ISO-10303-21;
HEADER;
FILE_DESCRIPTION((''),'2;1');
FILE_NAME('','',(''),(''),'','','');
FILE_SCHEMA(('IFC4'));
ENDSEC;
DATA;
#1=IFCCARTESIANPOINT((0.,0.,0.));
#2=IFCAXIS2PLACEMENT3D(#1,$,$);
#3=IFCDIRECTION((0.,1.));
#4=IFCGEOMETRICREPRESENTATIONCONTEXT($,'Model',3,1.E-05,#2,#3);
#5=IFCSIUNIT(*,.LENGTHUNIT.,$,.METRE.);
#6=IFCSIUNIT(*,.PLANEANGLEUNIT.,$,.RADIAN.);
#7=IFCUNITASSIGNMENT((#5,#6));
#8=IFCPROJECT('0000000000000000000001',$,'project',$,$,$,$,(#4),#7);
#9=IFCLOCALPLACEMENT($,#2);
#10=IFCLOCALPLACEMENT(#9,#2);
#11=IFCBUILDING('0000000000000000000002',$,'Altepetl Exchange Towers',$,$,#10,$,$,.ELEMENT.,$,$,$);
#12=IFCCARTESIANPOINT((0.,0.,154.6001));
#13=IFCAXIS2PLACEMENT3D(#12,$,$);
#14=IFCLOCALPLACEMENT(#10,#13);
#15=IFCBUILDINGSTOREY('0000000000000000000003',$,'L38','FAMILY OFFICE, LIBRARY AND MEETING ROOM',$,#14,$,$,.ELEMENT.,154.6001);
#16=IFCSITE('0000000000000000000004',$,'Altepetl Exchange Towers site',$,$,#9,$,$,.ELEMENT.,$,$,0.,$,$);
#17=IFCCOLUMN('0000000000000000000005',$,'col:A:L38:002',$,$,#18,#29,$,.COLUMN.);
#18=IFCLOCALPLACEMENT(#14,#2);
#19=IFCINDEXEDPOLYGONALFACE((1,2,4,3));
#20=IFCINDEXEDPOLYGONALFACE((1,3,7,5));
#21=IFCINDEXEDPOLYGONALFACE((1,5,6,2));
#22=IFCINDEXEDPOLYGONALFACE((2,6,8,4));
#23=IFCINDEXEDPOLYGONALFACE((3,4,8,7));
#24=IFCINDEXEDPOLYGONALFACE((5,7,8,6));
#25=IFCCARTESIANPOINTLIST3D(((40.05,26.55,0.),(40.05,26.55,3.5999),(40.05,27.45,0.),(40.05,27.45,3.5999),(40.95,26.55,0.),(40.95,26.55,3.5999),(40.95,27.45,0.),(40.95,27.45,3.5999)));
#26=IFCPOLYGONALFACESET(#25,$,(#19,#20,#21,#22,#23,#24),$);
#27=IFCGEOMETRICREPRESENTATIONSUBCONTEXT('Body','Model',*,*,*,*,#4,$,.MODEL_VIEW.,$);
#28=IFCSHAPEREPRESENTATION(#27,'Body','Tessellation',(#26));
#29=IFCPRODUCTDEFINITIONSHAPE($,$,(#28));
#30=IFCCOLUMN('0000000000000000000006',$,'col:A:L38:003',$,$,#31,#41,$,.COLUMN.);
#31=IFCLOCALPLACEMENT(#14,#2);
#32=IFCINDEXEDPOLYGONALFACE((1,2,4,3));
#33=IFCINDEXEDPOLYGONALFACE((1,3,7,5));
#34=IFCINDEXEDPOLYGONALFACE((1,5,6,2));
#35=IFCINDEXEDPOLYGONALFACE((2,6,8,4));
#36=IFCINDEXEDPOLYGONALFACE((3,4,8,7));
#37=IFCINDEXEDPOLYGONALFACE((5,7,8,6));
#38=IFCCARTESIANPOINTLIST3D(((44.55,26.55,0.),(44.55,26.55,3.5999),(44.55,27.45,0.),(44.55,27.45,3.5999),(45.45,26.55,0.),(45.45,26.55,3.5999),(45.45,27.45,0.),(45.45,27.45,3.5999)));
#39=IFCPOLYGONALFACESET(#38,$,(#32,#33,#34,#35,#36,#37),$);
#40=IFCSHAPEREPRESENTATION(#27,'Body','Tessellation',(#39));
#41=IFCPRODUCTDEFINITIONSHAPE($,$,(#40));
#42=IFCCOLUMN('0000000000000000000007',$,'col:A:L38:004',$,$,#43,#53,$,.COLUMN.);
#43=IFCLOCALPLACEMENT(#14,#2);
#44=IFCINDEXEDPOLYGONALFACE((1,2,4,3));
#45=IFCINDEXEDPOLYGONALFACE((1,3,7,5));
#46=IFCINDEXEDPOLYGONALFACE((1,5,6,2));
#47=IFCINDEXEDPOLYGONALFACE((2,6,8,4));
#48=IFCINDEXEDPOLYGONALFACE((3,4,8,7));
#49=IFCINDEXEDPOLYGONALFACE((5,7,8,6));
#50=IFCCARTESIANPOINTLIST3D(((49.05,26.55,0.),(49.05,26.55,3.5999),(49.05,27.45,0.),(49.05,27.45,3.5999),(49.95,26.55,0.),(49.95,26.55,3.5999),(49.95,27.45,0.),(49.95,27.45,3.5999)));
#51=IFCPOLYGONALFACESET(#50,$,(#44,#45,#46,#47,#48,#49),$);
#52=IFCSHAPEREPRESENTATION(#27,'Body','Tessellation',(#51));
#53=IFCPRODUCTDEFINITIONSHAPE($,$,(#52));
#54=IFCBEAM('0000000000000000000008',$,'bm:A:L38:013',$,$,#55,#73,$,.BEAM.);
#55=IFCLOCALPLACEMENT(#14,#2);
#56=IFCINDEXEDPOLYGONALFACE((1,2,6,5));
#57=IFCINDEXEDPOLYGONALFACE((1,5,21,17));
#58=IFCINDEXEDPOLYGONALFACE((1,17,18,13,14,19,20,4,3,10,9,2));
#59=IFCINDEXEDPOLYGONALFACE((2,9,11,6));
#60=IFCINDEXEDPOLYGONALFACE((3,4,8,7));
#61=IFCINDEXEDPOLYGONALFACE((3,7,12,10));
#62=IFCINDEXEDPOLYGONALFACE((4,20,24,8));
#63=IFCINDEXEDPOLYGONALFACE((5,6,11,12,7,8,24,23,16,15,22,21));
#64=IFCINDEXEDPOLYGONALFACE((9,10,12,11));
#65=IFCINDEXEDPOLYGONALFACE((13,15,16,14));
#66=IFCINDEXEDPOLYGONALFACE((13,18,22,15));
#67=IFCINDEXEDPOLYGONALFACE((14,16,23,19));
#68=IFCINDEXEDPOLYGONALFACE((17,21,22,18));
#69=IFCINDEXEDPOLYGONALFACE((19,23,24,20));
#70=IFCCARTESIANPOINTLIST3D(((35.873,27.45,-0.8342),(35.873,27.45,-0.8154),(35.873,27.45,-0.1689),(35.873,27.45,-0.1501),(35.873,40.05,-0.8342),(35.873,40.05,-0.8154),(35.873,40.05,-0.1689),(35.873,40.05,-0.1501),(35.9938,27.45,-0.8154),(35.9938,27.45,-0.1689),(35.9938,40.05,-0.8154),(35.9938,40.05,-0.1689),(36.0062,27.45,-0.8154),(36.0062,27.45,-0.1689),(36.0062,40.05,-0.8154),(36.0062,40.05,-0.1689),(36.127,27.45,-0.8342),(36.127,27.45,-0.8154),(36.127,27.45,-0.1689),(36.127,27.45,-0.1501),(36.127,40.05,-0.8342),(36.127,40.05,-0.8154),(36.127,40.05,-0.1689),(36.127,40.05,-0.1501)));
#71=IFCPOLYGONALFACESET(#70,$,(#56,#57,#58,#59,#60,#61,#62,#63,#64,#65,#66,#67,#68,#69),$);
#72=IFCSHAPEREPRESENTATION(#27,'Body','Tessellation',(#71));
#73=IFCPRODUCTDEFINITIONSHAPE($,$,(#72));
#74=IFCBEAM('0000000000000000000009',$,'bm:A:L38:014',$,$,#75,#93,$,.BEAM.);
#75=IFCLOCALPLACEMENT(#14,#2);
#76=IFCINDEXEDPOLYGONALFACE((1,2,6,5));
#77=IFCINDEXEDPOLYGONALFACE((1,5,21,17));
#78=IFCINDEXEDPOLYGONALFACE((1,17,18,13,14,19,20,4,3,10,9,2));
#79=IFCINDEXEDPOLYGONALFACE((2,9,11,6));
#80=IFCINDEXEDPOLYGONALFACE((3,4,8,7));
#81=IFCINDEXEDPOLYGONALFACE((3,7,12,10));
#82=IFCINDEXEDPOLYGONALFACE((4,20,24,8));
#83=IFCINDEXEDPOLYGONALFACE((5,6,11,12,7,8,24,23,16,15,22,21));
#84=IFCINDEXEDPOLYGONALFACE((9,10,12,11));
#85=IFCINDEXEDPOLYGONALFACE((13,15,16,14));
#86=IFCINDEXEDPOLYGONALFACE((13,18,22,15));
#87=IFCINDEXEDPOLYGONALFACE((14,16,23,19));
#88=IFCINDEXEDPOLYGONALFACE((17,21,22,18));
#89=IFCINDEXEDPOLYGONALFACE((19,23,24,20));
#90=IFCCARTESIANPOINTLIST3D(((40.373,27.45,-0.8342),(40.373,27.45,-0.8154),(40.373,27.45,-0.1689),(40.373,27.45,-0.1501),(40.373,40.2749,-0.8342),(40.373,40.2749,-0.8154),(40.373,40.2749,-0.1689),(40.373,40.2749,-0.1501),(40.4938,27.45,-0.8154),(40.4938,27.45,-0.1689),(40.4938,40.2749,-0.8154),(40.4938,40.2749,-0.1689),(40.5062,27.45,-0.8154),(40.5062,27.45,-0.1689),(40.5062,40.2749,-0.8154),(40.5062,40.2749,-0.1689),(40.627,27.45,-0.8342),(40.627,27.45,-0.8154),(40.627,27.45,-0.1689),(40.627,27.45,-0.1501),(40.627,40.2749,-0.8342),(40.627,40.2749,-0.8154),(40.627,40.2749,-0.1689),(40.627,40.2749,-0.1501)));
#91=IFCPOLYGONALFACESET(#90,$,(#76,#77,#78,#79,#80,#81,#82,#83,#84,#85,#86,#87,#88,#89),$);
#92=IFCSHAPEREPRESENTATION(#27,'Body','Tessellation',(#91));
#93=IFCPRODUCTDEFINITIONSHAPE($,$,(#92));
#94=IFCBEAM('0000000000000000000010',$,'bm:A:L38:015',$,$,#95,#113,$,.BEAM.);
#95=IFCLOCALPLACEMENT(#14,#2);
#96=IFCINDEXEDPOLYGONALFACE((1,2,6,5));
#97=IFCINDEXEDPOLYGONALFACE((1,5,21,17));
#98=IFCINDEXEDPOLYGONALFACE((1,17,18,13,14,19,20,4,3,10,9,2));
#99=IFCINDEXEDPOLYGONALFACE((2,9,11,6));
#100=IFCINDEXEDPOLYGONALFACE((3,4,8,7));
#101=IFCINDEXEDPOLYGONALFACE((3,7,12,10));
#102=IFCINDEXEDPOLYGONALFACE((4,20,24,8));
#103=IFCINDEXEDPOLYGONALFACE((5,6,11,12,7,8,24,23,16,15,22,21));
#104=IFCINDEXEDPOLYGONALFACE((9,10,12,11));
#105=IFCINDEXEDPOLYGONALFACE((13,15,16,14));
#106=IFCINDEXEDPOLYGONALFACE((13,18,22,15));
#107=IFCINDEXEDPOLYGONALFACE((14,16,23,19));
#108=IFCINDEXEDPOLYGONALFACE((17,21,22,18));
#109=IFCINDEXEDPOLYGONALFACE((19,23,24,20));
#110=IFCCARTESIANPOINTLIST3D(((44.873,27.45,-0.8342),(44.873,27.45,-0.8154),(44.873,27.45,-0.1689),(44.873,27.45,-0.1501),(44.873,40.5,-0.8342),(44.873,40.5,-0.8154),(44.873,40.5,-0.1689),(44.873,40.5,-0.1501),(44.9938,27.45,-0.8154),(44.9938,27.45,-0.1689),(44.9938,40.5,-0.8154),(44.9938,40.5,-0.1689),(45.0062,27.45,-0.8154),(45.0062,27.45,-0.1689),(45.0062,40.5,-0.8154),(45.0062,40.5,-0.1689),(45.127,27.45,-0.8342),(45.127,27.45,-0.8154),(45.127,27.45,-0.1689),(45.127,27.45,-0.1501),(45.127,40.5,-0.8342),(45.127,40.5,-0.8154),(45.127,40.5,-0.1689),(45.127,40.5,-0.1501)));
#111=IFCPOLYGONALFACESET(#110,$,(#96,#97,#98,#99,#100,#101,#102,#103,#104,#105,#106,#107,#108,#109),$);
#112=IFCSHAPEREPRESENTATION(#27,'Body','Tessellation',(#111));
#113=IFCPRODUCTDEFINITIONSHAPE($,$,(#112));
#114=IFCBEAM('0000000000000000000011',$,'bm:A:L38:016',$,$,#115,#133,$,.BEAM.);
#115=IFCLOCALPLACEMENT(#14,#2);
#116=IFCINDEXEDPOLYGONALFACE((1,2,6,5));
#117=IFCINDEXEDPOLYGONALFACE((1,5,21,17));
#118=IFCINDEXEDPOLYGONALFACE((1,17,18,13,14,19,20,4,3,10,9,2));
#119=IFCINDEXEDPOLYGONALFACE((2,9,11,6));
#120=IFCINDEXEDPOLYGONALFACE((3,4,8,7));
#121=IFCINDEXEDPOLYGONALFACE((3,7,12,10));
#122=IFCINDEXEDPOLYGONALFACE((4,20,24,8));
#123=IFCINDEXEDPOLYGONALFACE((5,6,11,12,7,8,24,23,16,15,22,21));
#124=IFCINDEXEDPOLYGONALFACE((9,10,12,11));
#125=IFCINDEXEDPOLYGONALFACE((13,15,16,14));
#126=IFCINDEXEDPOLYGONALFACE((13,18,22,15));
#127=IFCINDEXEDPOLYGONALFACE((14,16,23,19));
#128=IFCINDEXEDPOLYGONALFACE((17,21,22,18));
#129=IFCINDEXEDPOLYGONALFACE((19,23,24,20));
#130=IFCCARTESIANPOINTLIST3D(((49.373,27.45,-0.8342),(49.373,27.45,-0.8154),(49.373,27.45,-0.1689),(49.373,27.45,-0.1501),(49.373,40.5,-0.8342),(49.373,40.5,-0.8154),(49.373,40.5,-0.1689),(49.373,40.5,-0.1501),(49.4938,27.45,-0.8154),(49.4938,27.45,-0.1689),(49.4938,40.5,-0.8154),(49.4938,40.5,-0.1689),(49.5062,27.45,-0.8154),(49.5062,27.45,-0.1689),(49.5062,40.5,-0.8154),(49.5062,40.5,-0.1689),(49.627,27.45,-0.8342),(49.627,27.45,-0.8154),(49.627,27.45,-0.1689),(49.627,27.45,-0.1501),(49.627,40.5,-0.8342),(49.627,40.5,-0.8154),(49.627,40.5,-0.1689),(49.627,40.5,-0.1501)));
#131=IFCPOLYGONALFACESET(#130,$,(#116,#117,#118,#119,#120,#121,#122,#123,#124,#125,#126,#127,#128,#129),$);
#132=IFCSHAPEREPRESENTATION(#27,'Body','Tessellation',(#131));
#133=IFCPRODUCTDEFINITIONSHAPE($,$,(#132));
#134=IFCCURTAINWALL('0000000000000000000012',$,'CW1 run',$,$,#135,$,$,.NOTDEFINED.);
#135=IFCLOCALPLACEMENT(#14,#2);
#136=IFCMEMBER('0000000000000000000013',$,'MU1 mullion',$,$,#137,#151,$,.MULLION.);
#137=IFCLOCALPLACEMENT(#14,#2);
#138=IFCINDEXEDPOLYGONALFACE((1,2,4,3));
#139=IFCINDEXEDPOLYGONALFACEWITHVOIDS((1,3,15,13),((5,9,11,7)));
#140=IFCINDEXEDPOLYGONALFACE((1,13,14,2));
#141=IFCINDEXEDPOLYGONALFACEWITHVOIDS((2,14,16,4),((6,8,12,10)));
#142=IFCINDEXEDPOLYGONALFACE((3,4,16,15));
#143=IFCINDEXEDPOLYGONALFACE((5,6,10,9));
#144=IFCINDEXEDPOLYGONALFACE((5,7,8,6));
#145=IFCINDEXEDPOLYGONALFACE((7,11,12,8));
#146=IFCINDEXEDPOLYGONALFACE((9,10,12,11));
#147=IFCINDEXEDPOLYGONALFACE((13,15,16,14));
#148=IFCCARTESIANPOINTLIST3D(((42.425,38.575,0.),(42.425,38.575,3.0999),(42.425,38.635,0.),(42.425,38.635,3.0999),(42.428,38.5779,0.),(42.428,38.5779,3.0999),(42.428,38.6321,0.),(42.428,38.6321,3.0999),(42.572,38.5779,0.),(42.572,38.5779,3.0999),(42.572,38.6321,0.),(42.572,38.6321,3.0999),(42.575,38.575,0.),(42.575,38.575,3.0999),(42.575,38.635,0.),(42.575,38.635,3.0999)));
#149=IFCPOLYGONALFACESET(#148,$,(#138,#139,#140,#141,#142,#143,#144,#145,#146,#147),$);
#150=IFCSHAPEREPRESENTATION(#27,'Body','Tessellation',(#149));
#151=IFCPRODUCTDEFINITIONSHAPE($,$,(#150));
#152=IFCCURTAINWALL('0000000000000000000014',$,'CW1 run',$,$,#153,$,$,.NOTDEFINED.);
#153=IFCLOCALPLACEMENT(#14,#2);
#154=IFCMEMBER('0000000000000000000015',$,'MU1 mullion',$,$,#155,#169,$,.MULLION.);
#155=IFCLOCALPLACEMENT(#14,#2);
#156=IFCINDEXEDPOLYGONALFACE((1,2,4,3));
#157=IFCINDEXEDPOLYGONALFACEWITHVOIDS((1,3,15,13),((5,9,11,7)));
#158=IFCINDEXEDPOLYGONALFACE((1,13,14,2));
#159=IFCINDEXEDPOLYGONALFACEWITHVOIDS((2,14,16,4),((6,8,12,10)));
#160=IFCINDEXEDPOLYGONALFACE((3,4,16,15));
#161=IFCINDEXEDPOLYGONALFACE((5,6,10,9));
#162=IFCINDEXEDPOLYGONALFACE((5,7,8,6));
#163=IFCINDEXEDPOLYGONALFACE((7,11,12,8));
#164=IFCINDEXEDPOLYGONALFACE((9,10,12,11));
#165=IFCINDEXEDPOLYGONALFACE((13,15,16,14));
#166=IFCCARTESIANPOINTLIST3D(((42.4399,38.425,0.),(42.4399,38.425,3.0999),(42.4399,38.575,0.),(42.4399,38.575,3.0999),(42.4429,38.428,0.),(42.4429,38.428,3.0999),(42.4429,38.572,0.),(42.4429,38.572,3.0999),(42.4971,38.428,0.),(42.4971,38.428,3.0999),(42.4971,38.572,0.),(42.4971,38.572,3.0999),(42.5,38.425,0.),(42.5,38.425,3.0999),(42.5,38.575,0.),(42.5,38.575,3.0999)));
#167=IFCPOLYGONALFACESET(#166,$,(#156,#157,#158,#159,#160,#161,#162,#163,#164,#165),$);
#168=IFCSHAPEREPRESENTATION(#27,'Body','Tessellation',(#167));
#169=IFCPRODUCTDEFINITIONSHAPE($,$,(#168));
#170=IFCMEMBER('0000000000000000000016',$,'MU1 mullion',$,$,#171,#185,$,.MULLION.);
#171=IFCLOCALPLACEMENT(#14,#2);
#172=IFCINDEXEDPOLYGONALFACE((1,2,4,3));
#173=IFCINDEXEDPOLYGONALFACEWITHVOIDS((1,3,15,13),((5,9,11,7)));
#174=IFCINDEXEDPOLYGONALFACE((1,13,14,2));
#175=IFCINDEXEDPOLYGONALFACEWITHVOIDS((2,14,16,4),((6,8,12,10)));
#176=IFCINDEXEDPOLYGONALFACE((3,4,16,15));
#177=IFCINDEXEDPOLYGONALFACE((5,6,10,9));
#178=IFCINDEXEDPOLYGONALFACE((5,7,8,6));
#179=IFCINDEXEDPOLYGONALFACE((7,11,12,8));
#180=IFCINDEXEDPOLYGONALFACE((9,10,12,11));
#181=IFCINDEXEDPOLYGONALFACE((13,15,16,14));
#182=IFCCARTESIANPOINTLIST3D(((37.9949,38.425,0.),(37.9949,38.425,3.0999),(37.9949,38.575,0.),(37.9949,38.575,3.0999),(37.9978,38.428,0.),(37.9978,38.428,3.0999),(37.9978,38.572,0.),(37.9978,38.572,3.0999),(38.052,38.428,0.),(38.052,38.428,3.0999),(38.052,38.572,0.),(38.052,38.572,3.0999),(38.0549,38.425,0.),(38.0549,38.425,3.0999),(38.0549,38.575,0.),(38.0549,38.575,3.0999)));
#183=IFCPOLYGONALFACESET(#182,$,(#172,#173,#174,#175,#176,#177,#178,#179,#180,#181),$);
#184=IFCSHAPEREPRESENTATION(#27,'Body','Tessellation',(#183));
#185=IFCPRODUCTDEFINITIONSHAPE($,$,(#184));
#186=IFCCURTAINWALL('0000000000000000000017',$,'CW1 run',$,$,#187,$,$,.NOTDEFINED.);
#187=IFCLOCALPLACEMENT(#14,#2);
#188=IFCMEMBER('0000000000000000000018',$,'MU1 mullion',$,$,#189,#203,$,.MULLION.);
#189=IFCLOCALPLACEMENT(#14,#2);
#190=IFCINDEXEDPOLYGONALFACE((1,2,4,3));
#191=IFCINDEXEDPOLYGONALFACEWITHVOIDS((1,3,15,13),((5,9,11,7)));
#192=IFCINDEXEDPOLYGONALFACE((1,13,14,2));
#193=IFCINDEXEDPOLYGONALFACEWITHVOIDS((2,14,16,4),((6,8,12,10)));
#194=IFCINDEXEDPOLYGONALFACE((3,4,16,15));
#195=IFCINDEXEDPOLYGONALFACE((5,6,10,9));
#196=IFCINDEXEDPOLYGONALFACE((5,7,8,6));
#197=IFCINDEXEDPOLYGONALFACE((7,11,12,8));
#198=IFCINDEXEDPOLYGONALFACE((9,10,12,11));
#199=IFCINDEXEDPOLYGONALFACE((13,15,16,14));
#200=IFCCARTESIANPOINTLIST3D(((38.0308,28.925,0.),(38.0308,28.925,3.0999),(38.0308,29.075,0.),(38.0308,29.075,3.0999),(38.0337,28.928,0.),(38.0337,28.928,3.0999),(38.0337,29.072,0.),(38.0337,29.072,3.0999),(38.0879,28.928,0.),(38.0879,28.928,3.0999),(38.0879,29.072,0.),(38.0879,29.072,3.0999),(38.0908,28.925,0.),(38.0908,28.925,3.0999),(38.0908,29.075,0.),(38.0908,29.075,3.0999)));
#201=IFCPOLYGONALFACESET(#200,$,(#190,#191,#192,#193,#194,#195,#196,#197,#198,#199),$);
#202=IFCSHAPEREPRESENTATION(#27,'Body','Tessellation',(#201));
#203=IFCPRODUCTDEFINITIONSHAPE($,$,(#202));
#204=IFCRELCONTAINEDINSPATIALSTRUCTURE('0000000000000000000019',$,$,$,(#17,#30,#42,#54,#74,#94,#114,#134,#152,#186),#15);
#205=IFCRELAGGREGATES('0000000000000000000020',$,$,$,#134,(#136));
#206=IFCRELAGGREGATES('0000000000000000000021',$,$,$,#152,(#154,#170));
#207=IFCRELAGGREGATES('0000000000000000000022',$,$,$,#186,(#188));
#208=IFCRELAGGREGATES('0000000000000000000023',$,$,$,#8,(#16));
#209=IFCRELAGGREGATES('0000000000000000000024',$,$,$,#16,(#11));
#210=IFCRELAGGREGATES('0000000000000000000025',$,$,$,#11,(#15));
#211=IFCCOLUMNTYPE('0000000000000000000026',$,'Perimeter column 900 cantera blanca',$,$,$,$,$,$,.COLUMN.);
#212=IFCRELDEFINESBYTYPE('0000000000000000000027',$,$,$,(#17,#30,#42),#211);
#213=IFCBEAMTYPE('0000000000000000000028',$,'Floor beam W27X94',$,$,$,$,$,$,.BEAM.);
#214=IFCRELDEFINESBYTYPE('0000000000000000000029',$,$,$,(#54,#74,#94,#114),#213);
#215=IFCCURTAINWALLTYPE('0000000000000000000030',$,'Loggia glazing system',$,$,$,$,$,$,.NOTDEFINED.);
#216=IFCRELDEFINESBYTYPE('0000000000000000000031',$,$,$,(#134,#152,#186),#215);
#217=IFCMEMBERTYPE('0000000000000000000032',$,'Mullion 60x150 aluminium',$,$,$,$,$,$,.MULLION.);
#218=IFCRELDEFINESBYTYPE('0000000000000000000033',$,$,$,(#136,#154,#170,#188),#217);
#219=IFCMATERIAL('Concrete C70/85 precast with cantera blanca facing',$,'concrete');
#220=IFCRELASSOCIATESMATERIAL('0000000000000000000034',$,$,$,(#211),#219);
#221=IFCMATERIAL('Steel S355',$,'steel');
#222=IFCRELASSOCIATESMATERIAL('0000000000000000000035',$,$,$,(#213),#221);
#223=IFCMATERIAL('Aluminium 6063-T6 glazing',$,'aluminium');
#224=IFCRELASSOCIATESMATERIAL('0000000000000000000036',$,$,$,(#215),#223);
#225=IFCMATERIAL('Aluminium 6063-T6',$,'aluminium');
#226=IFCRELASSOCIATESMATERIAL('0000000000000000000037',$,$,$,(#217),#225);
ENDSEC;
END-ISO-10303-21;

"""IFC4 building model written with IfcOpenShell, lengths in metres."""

from ifc_helpers import new_model, si_unit, direction, frame, origin, origin_2d, place, context, subcontext, project, spatial, rectangle, hollow_rectangle, i_section, extrude, material, material_profile, profile_set, type_object, element, aggregate, save


model = new_model("IFC4")

# Units and contexts
model_context = context("Model", 3, precision=1e-05, world=origin(), true_north=direction((0.0, 1.0)))
body_context = subcontext(model_context, "Body", "Model", "MODEL_VIEW")
ifc_project = project(units=[si_unit("LENGTHUNIT", "METRE"), si_unit("PLANEANGLEUNIT", "RADIAN")], contexts=[model_context])

# Site, building, storey
site_placement = place(None, origin())
site = spatial("IfcSite", under=ifc_project, at=site_placement, Name="Altepetl Exchange Towers site", CompositionType="ELEMENT", RefElevation=0.0)
building_placement = place(site_placement, origin())
building = spatial("IfcBuilding", under=site, at=building_placement, Name="Altepetl Exchange Towers", CompositionType="ELEMENT")
storey_placement = place(building_placement, frame((0.0, 0.0, 154.6001)))
storey = spatial("IfcBuildingStorey", under=building, at=storey_placement, Name="L38", Description="FAMILY OFFICE, LIBRARY AND MEETING ROOM", CompositionType="ELEMENT", Elevation=154.6001)

# Columns
ifc_material_1 = material(Name="Concrete C70/85 precast with cantera blanca facing", Category="concrete")
ifc_material_profile_1 = material_profile(ifc_material_1, rectangle(XDim=0.8999, YDim=0.8999, at=origin_2d()), Name="900 x 900")
ifc_profile_set_1 = profile_set([ifc_material_profile_1], Name="Concrete C70/85 precast with cantera blanca facing")
column_type = type_object("IfcColumnType", Name="Perimeter column 900 cantera blanca", PredefinedType="COLUMN", material=ifc_profile_set_1)
for number, where, name in (
    (1, (40.5, 27.0, 0.0), "col:A:L38:002"),
    (2, (45.0, 27.0, 0.0), "col:A:L38:003"),
    (3, (49.5, 27.0, 0.0), "col:A:L38:004"),
):
    element("IfcColumn", number, at=place(storey_placement, frame(where)), inside=storey, type_object=column_type, Name=name, PredefinedType="COLUMN", context=body_context, shape_type="SweptSolid", body=[
        extrude(rectangle(XDim=0.8999, YDim=0.8999, at=origin_2d()), origin(), (0.0, 0.0, 1.0), 3.5999),
    ])

# Beams
ifc_material_2 = material(Name="Steel S355", Category="steel")
ifc_material_profile_2 = material_profile(ifc_material_2, i_section(OverallWidth=0.2539, OverallDepth=0.6841, WebThickness=0.0125, FlangeThickness=0.0188, at=origin_2d()), Name="W27X94")
ifc_profile_set_2 = profile_set([ifc_material_profile_2], Name="Steel S355")
beam_type_1 = type_object("IfcBeamType", Name="Floor beam W27X94", PredefinedType="BEAM", material=ifc_profile_set_2)
beam_1_placement = place(storey_placement, frame((36.0, 27.45, -0.4922), z_axis=(0.0, 1.0, 0.0), x_axis=(-1.0, 0.0, 0.0)))
element("IfcBeam", 4, at=beam_1_placement, inside=storey, type_object=beam_type_1, Name="bm:A:L38:013", PredefinedType="BEAM", context=body_context, shape_type="SweptSolid", body=[
    extrude(i_section(OverallWidth=0.2539, OverallDepth=0.6841, WebThickness=0.0125, FlangeThickness=0.0188, at=origin_2d()), origin(), (0.0, 0.0, 1.0), 12.6001),
])
beam_2_placement = place(storey_placement, frame((40.5, 27.45, -0.4922), z_axis=(0.0, 1.0, 0.0), x_axis=(-1.0, 0.0, 0.0)))
element("IfcBeam", 5, at=beam_2_placement, inside=storey, type_object=beam_type_1, Name="bm:A:L38:014", PredefinedType="BEAM", context=body_context, shape_type="SweptSolid", body=[
    extrude(i_section(OverallWidth=0.2539, OverallDepth=0.6841, WebThickness=0.0125, FlangeThickness=0.0188, at=origin_2d()), origin(), (0.0, 0.0, 1.0), 12.825),
])
for number, where, z_axis, x_axis, name in (
    (6, (45.0, 27.45, -0.4922), (0.0, 1.0, 0.0), (-1.0, 0.0, 0.0), "bm:A:L38:015"),
    (7, (49.5, 27.45, -0.4922), (0.0, 1.0, 0.0), (-1.0, 0.0, 0.0), "bm:A:L38:016"),
):
    element("IfcBeam", number, at=place(storey_placement, frame(where, z_axis=z_axis, x_axis=x_axis)), inside=storey, type_object=beam_type_1, Name=name, PredefinedType="BEAM", context=body_context, shape_type="SweptSolid", body=[
        extrude(i_section(OverallWidth=0.2539, OverallDepth=0.6841, WebThickness=0.0125, FlangeThickness=0.0188, at=origin_2d()), origin(), (0.0, 0.0, 1.0), 13.05),
    ])

# Curtain wall, member
ifc_material_3 = material(Name="Aluminium 6063-T6 glazing", Category="aluminium")
curtain_wall_type = type_object("IfcCurtainWallType", Name="Loggia glazing system", PredefinedType="NOTDEFINED", material=ifc_material_3)
curtain_wall_1_placement = place(storey_placement, origin())
curtain_wall_1 = element("IfcCurtainWall", 8, at=curtain_wall_1_placement, inside=storey, type_object=curtain_wall_type, Name="CW1 run", PredefinedType="NOTDEFINED")
ifc_material_4 = material(Name="Aluminium 6063-T6", Category="aluminium")
ifc_material_profile_3 = material_profile(ifc_material_4, hollow_rectangle(XDim=0.0601, YDim=0.1499, WallThickness=0.0029, at=origin_2d()), Name="Mullion 60x150 aluminium")
ifc_profile_set_3 = profile_set([ifc_material_profile_3], Name="Aluminium 6063-T6")
member_type = type_object("IfcMemberType", Name="Mullion 60x150 aluminium", PredefinedType="MULLION", material=ifc_profile_set_3)
member_1_placement = place(storey_placement, frame((42.5, 38.605, 0.0), z_axis=(0.0, 0.0, 1.0), x_axis=(0.0, -1.0, 0.0)))
member_1 = element("IfcMember", 9, at=member_1_placement, type_object=member_type, Name="MU1 mullion", PredefinedType="MULLION", context=body_context, shape_type="SweptSolid", body=[
    extrude(hollow_rectangle(XDim=0.0601, YDim=0.1499, WallThickness=0.0029, at=origin_2d()), origin(), (0.0, 0.0, 1.0), 3.0999),
])

# Curtain walls, members
curtain_wall_2_placement = place(storey_placement, origin())
curtain_wall_2 = element("IfcCurtainWall", 10, at=curtain_wall_2_placement, inside=storey, type_object=curtain_wall_type, Name="CW1 run", PredefinedType="NOTDEFINED")
member_2_placement = place(storey_placement, frame((42.47, 38.5, 0.0), z_axis=(0.0, 0.0, 1.0), x_axis=(-1.0, 0.0, 0.0)))
member_2 = element("IfcMember", 11, at=member_2_placement, type_object=member_type, Name="MU1 mullion", PredefinedType="MULLION", context=body_context, shape_type="SweptSolid", body=[
    extrude(hollow_rectangle(XDim=0.0601, YDim=0.1499, WallThickness=0.0029, at=origin_2d()), origin(), (0.0, 0.0, 1.0), 3.0999),
])
member_3_placement = place(storey_placement, frame((38.0249, 38.5, 0.0), z_axis=(0.0, 0.0, 1.0), x_axis=(-1.0, 0.0, 0.0)))
member_3 = element("IfcMember", 12, at=member_3_placement, type_object=member_type, Name="MU1 mullion", PredefinedType="MULLION", context=body_context, shape_type="SweptSolid", body=[
    extrude(hollow_rectangle(XDim=0.0601, YDim=0.1499, WallThickness=0.0029, at=origin_2d()), origin(), (0.0, 0.0, 1.0), 3.0999),
])
curtain_wall_3_placement = place(storey_placement, origin())
curtain_wall_3 = element("IfcCurtainWall", 13, at=curtain_wall_3_placement, inside=storey, type_object=curtain_wall_type, Name="CW1 run", PredefinedType="NOTDEFINED")
member_4_placement = place(storey_placement, frame((38.0608, 29.0, 0.0)))
member_4 = element("IfcMember", 14, at=member_4_placement, type_object=member_type, Name="MU1 mullion", PredefinedType="MULLION", context=body_context, shape_type="SweptSolid", body=[
    extrude(hollow_rectangle(XDim=0.0601, YDim=0.1499, WallThickness=0.0029, at=origin_2d()), origin(), (0.0, 0.0, 1.0), 3.0999),
])

aggregate(curtain_wall_1, [member_1])
aggregate(curtain_wall_2, [member_2, member_3])
aggregate(curtain_wall_3, [member_4])

save(model, "model.ifc")
